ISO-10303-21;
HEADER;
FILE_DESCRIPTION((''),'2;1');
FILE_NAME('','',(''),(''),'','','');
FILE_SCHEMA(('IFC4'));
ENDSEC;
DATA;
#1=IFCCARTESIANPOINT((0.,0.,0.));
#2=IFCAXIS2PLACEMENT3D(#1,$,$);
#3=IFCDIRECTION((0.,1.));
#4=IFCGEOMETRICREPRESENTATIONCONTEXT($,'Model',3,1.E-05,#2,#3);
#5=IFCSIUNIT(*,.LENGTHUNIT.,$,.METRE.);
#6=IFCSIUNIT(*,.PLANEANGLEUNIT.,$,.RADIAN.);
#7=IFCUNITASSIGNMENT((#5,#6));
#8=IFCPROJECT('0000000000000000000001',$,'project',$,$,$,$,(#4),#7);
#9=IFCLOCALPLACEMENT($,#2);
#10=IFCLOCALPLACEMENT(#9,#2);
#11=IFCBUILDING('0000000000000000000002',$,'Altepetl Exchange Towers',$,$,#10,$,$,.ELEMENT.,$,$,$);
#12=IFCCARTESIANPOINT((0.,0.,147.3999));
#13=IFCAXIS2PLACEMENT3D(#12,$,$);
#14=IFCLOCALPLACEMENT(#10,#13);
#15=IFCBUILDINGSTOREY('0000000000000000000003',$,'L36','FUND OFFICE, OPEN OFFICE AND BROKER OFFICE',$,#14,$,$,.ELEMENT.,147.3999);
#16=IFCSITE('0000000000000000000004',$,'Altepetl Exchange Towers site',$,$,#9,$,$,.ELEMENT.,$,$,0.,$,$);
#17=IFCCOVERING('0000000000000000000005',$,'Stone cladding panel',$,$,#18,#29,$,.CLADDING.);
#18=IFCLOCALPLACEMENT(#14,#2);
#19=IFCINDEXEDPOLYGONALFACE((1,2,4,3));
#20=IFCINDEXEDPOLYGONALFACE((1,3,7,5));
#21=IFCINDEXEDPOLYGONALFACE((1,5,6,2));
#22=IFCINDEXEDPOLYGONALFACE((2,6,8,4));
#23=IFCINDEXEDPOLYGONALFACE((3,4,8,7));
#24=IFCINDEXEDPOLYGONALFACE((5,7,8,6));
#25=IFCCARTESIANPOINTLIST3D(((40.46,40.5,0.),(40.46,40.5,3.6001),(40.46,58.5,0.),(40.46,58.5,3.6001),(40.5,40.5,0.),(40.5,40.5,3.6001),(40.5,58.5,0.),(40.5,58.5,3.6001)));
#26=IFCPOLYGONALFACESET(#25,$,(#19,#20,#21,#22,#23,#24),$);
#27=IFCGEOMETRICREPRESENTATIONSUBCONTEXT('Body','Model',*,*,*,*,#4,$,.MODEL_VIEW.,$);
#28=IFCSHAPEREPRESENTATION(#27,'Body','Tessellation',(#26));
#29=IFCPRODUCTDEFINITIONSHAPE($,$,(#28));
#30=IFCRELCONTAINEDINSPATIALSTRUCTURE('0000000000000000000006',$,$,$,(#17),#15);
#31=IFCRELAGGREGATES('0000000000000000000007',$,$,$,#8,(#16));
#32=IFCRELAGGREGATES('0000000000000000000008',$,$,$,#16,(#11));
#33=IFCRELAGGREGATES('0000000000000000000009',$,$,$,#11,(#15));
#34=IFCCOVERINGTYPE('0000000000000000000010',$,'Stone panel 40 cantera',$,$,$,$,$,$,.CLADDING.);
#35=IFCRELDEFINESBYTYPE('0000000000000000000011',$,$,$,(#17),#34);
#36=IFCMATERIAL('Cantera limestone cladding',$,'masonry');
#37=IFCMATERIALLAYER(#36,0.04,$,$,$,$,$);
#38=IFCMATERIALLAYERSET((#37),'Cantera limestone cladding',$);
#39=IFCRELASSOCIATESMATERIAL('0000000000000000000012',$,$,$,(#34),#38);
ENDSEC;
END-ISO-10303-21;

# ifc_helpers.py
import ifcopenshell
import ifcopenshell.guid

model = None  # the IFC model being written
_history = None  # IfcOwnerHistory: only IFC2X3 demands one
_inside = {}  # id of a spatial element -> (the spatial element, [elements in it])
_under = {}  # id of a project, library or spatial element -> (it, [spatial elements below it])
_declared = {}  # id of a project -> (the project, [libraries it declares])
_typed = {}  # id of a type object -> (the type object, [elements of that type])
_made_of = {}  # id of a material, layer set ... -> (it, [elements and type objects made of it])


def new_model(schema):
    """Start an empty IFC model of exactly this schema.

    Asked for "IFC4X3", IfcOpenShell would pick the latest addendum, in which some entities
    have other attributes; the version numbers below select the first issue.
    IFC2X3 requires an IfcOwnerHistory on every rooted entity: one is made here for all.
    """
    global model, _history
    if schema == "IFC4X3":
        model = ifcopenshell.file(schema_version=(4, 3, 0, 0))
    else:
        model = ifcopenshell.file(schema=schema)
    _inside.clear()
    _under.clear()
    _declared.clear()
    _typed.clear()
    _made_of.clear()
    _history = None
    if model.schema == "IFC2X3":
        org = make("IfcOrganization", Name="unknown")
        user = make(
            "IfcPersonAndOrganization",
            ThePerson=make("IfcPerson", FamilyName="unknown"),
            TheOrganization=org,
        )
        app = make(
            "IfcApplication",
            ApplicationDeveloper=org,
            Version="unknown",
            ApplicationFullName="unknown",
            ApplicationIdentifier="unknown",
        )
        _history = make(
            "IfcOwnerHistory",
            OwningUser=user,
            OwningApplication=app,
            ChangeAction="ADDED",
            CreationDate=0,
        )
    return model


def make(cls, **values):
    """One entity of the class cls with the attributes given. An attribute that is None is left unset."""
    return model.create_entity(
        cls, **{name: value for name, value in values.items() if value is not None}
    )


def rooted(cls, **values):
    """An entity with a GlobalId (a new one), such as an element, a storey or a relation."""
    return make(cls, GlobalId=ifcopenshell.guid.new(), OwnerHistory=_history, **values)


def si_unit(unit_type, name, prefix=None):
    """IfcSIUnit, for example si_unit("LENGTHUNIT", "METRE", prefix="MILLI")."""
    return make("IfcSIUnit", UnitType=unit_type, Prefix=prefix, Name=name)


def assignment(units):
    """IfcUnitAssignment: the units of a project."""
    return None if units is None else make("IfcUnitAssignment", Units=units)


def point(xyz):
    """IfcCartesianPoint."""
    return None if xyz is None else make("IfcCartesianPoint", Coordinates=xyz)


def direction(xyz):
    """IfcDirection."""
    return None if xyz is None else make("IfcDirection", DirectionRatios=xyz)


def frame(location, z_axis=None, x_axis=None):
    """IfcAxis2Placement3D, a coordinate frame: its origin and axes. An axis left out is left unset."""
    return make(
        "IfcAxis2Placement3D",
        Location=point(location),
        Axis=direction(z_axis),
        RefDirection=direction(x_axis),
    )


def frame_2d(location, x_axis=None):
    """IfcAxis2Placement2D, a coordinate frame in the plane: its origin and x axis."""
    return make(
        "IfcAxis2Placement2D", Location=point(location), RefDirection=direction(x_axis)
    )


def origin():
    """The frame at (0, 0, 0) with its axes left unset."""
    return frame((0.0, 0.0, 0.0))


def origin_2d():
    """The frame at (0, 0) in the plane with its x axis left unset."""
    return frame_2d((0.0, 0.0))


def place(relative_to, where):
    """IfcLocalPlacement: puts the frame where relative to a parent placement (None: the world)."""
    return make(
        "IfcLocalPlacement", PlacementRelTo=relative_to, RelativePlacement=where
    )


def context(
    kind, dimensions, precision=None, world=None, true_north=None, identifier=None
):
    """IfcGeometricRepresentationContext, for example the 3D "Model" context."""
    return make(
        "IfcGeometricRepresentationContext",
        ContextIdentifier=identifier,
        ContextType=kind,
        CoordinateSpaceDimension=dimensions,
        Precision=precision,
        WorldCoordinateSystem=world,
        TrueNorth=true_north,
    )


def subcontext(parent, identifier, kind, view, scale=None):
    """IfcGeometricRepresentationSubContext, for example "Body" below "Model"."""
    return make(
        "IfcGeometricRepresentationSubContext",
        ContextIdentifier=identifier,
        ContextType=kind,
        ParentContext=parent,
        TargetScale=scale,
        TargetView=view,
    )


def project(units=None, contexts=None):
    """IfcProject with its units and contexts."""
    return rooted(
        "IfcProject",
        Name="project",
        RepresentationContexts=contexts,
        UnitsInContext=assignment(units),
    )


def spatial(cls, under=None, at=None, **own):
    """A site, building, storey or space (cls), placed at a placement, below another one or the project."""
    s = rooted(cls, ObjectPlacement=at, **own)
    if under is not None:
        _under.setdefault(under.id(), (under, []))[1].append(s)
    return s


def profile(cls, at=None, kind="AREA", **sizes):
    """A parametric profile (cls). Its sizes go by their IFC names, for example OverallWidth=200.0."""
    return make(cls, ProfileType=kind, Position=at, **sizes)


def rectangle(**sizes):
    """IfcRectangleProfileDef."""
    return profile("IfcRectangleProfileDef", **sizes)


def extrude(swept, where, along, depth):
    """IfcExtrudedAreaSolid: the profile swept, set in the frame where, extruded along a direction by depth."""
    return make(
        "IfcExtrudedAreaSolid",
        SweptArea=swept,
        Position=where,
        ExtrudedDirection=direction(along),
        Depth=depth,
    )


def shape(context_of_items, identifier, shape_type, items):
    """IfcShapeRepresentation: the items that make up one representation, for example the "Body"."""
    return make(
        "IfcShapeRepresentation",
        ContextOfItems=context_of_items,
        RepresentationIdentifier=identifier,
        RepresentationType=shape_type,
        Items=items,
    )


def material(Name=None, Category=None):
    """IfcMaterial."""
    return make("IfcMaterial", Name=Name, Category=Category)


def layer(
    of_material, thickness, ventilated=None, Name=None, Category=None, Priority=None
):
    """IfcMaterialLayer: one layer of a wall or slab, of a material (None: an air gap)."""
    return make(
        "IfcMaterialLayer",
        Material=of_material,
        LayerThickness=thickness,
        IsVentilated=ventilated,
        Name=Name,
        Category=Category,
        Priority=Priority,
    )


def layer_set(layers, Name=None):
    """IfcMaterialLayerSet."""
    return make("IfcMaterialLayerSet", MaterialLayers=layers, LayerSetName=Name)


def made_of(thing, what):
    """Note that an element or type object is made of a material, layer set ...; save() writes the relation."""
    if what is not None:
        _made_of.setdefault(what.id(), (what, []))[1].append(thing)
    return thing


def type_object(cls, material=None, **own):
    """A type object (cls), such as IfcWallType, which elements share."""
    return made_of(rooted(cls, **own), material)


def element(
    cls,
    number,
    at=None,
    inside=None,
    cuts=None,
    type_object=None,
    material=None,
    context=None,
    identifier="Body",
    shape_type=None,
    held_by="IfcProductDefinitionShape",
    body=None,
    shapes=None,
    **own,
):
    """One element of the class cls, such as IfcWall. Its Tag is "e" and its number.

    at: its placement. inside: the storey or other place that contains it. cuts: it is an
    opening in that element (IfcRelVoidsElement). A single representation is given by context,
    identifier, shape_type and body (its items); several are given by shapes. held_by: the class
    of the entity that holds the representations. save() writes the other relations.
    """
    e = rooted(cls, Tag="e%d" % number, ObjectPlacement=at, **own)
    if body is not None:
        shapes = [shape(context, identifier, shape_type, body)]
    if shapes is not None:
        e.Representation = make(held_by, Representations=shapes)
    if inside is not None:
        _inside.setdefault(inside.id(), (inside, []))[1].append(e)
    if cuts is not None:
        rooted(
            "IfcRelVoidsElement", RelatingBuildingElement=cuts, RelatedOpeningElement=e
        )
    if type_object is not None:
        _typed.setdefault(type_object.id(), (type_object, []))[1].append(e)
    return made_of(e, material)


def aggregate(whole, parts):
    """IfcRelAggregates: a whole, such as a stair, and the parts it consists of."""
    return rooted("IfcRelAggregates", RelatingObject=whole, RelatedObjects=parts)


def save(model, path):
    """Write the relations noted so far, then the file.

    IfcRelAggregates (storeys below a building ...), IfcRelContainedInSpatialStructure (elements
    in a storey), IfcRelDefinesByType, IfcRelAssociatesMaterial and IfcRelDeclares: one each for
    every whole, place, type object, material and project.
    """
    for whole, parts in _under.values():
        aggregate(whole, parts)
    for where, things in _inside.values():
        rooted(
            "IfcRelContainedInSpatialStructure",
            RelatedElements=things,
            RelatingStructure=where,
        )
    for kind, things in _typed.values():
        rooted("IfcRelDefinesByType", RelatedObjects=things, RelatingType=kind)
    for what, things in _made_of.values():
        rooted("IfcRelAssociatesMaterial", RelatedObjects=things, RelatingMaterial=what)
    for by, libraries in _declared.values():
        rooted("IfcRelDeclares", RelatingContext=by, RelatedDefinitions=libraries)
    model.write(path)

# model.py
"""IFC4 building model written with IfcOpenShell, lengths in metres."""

from ifc_helpers import new_model, si_unit, direction, frame, origin, origin_2d, place, context, subcontext, project, spatial, rectangle, extrude, material, layer, layer_set, type_object, element, save


model = new_model("IFC4")

# Units and contexts
model_context = context("Model", 3, precision=1e-05, world=origin(), true_north=direction((0.0, 1.0)))
body_context = subcontext(model_context, "Body", "Model", "MODEL_VIEW")
ifc_project = project(units=[si_unit("LENGTHUNIT", "METRE"), si_unit("PLANEANGLEUNIT", "RADIAN")], contexts=[model_context])

# Site, building, storey
site_placement = place(None, origin())
site = spatial("IfcSite", under=ifc_project, at=site_placement, Name="Altepetl Exchange Towers site", CompositionType="ELEMENT", RefElevation=0.0)
building_placement = place(site_placement, origin())
building = spatial("IfcBuilding", under=site, at=building_placement, Name="Altepetl Exchange Towers", CompositionType="ELEMENT")
storey_placement = place(building_placement, frame((0.0, 0.0, 147.3999)))
storey = spatial("IfcBuildingStorey", under=building, at=storey_placement, Name="L36", Description="FUND OFFICE, OPEN OFFICE AND BROKER OFFICE", CompositionType="ELEMENT", Elevation=147.3999)

# Covering
ifc_material_1 = material(Name="Cantera limestone cladding", Category="masonry")
ifc_layer_1 = layer(ifc_material_1, 0.04)
ifc_layer_set_1 = layer_set([ifc_layer_1], Name="Cantera limestone cladding")
covering_type = type_object("IfcCoveringType", Name="Stone panel 40 cantera", PredefinedType="CLADDING", material=ifc_layer_set_1)
covering_placement = place(storey_placement, frame((40.48, 49.5, 0.0), z_axis=(0.0, 0.0, 1.0), x_axis=(0.0, -1.0, 0.0)))
element("IfcCovering", 1, at=covering_placement, inside=storey, type_object=covering_type, Name="Stone cladding panel", PredefinedType="CLADDING", context=body_context, shape_type="SweptSolid", body=[
    extrude(rectangle(XDim=18.0, YDim=0.04, at=origin_2d()), origin(), (0.0, 0.0, 1.0), 3.6001),
])

save(model, "model.ifc")
